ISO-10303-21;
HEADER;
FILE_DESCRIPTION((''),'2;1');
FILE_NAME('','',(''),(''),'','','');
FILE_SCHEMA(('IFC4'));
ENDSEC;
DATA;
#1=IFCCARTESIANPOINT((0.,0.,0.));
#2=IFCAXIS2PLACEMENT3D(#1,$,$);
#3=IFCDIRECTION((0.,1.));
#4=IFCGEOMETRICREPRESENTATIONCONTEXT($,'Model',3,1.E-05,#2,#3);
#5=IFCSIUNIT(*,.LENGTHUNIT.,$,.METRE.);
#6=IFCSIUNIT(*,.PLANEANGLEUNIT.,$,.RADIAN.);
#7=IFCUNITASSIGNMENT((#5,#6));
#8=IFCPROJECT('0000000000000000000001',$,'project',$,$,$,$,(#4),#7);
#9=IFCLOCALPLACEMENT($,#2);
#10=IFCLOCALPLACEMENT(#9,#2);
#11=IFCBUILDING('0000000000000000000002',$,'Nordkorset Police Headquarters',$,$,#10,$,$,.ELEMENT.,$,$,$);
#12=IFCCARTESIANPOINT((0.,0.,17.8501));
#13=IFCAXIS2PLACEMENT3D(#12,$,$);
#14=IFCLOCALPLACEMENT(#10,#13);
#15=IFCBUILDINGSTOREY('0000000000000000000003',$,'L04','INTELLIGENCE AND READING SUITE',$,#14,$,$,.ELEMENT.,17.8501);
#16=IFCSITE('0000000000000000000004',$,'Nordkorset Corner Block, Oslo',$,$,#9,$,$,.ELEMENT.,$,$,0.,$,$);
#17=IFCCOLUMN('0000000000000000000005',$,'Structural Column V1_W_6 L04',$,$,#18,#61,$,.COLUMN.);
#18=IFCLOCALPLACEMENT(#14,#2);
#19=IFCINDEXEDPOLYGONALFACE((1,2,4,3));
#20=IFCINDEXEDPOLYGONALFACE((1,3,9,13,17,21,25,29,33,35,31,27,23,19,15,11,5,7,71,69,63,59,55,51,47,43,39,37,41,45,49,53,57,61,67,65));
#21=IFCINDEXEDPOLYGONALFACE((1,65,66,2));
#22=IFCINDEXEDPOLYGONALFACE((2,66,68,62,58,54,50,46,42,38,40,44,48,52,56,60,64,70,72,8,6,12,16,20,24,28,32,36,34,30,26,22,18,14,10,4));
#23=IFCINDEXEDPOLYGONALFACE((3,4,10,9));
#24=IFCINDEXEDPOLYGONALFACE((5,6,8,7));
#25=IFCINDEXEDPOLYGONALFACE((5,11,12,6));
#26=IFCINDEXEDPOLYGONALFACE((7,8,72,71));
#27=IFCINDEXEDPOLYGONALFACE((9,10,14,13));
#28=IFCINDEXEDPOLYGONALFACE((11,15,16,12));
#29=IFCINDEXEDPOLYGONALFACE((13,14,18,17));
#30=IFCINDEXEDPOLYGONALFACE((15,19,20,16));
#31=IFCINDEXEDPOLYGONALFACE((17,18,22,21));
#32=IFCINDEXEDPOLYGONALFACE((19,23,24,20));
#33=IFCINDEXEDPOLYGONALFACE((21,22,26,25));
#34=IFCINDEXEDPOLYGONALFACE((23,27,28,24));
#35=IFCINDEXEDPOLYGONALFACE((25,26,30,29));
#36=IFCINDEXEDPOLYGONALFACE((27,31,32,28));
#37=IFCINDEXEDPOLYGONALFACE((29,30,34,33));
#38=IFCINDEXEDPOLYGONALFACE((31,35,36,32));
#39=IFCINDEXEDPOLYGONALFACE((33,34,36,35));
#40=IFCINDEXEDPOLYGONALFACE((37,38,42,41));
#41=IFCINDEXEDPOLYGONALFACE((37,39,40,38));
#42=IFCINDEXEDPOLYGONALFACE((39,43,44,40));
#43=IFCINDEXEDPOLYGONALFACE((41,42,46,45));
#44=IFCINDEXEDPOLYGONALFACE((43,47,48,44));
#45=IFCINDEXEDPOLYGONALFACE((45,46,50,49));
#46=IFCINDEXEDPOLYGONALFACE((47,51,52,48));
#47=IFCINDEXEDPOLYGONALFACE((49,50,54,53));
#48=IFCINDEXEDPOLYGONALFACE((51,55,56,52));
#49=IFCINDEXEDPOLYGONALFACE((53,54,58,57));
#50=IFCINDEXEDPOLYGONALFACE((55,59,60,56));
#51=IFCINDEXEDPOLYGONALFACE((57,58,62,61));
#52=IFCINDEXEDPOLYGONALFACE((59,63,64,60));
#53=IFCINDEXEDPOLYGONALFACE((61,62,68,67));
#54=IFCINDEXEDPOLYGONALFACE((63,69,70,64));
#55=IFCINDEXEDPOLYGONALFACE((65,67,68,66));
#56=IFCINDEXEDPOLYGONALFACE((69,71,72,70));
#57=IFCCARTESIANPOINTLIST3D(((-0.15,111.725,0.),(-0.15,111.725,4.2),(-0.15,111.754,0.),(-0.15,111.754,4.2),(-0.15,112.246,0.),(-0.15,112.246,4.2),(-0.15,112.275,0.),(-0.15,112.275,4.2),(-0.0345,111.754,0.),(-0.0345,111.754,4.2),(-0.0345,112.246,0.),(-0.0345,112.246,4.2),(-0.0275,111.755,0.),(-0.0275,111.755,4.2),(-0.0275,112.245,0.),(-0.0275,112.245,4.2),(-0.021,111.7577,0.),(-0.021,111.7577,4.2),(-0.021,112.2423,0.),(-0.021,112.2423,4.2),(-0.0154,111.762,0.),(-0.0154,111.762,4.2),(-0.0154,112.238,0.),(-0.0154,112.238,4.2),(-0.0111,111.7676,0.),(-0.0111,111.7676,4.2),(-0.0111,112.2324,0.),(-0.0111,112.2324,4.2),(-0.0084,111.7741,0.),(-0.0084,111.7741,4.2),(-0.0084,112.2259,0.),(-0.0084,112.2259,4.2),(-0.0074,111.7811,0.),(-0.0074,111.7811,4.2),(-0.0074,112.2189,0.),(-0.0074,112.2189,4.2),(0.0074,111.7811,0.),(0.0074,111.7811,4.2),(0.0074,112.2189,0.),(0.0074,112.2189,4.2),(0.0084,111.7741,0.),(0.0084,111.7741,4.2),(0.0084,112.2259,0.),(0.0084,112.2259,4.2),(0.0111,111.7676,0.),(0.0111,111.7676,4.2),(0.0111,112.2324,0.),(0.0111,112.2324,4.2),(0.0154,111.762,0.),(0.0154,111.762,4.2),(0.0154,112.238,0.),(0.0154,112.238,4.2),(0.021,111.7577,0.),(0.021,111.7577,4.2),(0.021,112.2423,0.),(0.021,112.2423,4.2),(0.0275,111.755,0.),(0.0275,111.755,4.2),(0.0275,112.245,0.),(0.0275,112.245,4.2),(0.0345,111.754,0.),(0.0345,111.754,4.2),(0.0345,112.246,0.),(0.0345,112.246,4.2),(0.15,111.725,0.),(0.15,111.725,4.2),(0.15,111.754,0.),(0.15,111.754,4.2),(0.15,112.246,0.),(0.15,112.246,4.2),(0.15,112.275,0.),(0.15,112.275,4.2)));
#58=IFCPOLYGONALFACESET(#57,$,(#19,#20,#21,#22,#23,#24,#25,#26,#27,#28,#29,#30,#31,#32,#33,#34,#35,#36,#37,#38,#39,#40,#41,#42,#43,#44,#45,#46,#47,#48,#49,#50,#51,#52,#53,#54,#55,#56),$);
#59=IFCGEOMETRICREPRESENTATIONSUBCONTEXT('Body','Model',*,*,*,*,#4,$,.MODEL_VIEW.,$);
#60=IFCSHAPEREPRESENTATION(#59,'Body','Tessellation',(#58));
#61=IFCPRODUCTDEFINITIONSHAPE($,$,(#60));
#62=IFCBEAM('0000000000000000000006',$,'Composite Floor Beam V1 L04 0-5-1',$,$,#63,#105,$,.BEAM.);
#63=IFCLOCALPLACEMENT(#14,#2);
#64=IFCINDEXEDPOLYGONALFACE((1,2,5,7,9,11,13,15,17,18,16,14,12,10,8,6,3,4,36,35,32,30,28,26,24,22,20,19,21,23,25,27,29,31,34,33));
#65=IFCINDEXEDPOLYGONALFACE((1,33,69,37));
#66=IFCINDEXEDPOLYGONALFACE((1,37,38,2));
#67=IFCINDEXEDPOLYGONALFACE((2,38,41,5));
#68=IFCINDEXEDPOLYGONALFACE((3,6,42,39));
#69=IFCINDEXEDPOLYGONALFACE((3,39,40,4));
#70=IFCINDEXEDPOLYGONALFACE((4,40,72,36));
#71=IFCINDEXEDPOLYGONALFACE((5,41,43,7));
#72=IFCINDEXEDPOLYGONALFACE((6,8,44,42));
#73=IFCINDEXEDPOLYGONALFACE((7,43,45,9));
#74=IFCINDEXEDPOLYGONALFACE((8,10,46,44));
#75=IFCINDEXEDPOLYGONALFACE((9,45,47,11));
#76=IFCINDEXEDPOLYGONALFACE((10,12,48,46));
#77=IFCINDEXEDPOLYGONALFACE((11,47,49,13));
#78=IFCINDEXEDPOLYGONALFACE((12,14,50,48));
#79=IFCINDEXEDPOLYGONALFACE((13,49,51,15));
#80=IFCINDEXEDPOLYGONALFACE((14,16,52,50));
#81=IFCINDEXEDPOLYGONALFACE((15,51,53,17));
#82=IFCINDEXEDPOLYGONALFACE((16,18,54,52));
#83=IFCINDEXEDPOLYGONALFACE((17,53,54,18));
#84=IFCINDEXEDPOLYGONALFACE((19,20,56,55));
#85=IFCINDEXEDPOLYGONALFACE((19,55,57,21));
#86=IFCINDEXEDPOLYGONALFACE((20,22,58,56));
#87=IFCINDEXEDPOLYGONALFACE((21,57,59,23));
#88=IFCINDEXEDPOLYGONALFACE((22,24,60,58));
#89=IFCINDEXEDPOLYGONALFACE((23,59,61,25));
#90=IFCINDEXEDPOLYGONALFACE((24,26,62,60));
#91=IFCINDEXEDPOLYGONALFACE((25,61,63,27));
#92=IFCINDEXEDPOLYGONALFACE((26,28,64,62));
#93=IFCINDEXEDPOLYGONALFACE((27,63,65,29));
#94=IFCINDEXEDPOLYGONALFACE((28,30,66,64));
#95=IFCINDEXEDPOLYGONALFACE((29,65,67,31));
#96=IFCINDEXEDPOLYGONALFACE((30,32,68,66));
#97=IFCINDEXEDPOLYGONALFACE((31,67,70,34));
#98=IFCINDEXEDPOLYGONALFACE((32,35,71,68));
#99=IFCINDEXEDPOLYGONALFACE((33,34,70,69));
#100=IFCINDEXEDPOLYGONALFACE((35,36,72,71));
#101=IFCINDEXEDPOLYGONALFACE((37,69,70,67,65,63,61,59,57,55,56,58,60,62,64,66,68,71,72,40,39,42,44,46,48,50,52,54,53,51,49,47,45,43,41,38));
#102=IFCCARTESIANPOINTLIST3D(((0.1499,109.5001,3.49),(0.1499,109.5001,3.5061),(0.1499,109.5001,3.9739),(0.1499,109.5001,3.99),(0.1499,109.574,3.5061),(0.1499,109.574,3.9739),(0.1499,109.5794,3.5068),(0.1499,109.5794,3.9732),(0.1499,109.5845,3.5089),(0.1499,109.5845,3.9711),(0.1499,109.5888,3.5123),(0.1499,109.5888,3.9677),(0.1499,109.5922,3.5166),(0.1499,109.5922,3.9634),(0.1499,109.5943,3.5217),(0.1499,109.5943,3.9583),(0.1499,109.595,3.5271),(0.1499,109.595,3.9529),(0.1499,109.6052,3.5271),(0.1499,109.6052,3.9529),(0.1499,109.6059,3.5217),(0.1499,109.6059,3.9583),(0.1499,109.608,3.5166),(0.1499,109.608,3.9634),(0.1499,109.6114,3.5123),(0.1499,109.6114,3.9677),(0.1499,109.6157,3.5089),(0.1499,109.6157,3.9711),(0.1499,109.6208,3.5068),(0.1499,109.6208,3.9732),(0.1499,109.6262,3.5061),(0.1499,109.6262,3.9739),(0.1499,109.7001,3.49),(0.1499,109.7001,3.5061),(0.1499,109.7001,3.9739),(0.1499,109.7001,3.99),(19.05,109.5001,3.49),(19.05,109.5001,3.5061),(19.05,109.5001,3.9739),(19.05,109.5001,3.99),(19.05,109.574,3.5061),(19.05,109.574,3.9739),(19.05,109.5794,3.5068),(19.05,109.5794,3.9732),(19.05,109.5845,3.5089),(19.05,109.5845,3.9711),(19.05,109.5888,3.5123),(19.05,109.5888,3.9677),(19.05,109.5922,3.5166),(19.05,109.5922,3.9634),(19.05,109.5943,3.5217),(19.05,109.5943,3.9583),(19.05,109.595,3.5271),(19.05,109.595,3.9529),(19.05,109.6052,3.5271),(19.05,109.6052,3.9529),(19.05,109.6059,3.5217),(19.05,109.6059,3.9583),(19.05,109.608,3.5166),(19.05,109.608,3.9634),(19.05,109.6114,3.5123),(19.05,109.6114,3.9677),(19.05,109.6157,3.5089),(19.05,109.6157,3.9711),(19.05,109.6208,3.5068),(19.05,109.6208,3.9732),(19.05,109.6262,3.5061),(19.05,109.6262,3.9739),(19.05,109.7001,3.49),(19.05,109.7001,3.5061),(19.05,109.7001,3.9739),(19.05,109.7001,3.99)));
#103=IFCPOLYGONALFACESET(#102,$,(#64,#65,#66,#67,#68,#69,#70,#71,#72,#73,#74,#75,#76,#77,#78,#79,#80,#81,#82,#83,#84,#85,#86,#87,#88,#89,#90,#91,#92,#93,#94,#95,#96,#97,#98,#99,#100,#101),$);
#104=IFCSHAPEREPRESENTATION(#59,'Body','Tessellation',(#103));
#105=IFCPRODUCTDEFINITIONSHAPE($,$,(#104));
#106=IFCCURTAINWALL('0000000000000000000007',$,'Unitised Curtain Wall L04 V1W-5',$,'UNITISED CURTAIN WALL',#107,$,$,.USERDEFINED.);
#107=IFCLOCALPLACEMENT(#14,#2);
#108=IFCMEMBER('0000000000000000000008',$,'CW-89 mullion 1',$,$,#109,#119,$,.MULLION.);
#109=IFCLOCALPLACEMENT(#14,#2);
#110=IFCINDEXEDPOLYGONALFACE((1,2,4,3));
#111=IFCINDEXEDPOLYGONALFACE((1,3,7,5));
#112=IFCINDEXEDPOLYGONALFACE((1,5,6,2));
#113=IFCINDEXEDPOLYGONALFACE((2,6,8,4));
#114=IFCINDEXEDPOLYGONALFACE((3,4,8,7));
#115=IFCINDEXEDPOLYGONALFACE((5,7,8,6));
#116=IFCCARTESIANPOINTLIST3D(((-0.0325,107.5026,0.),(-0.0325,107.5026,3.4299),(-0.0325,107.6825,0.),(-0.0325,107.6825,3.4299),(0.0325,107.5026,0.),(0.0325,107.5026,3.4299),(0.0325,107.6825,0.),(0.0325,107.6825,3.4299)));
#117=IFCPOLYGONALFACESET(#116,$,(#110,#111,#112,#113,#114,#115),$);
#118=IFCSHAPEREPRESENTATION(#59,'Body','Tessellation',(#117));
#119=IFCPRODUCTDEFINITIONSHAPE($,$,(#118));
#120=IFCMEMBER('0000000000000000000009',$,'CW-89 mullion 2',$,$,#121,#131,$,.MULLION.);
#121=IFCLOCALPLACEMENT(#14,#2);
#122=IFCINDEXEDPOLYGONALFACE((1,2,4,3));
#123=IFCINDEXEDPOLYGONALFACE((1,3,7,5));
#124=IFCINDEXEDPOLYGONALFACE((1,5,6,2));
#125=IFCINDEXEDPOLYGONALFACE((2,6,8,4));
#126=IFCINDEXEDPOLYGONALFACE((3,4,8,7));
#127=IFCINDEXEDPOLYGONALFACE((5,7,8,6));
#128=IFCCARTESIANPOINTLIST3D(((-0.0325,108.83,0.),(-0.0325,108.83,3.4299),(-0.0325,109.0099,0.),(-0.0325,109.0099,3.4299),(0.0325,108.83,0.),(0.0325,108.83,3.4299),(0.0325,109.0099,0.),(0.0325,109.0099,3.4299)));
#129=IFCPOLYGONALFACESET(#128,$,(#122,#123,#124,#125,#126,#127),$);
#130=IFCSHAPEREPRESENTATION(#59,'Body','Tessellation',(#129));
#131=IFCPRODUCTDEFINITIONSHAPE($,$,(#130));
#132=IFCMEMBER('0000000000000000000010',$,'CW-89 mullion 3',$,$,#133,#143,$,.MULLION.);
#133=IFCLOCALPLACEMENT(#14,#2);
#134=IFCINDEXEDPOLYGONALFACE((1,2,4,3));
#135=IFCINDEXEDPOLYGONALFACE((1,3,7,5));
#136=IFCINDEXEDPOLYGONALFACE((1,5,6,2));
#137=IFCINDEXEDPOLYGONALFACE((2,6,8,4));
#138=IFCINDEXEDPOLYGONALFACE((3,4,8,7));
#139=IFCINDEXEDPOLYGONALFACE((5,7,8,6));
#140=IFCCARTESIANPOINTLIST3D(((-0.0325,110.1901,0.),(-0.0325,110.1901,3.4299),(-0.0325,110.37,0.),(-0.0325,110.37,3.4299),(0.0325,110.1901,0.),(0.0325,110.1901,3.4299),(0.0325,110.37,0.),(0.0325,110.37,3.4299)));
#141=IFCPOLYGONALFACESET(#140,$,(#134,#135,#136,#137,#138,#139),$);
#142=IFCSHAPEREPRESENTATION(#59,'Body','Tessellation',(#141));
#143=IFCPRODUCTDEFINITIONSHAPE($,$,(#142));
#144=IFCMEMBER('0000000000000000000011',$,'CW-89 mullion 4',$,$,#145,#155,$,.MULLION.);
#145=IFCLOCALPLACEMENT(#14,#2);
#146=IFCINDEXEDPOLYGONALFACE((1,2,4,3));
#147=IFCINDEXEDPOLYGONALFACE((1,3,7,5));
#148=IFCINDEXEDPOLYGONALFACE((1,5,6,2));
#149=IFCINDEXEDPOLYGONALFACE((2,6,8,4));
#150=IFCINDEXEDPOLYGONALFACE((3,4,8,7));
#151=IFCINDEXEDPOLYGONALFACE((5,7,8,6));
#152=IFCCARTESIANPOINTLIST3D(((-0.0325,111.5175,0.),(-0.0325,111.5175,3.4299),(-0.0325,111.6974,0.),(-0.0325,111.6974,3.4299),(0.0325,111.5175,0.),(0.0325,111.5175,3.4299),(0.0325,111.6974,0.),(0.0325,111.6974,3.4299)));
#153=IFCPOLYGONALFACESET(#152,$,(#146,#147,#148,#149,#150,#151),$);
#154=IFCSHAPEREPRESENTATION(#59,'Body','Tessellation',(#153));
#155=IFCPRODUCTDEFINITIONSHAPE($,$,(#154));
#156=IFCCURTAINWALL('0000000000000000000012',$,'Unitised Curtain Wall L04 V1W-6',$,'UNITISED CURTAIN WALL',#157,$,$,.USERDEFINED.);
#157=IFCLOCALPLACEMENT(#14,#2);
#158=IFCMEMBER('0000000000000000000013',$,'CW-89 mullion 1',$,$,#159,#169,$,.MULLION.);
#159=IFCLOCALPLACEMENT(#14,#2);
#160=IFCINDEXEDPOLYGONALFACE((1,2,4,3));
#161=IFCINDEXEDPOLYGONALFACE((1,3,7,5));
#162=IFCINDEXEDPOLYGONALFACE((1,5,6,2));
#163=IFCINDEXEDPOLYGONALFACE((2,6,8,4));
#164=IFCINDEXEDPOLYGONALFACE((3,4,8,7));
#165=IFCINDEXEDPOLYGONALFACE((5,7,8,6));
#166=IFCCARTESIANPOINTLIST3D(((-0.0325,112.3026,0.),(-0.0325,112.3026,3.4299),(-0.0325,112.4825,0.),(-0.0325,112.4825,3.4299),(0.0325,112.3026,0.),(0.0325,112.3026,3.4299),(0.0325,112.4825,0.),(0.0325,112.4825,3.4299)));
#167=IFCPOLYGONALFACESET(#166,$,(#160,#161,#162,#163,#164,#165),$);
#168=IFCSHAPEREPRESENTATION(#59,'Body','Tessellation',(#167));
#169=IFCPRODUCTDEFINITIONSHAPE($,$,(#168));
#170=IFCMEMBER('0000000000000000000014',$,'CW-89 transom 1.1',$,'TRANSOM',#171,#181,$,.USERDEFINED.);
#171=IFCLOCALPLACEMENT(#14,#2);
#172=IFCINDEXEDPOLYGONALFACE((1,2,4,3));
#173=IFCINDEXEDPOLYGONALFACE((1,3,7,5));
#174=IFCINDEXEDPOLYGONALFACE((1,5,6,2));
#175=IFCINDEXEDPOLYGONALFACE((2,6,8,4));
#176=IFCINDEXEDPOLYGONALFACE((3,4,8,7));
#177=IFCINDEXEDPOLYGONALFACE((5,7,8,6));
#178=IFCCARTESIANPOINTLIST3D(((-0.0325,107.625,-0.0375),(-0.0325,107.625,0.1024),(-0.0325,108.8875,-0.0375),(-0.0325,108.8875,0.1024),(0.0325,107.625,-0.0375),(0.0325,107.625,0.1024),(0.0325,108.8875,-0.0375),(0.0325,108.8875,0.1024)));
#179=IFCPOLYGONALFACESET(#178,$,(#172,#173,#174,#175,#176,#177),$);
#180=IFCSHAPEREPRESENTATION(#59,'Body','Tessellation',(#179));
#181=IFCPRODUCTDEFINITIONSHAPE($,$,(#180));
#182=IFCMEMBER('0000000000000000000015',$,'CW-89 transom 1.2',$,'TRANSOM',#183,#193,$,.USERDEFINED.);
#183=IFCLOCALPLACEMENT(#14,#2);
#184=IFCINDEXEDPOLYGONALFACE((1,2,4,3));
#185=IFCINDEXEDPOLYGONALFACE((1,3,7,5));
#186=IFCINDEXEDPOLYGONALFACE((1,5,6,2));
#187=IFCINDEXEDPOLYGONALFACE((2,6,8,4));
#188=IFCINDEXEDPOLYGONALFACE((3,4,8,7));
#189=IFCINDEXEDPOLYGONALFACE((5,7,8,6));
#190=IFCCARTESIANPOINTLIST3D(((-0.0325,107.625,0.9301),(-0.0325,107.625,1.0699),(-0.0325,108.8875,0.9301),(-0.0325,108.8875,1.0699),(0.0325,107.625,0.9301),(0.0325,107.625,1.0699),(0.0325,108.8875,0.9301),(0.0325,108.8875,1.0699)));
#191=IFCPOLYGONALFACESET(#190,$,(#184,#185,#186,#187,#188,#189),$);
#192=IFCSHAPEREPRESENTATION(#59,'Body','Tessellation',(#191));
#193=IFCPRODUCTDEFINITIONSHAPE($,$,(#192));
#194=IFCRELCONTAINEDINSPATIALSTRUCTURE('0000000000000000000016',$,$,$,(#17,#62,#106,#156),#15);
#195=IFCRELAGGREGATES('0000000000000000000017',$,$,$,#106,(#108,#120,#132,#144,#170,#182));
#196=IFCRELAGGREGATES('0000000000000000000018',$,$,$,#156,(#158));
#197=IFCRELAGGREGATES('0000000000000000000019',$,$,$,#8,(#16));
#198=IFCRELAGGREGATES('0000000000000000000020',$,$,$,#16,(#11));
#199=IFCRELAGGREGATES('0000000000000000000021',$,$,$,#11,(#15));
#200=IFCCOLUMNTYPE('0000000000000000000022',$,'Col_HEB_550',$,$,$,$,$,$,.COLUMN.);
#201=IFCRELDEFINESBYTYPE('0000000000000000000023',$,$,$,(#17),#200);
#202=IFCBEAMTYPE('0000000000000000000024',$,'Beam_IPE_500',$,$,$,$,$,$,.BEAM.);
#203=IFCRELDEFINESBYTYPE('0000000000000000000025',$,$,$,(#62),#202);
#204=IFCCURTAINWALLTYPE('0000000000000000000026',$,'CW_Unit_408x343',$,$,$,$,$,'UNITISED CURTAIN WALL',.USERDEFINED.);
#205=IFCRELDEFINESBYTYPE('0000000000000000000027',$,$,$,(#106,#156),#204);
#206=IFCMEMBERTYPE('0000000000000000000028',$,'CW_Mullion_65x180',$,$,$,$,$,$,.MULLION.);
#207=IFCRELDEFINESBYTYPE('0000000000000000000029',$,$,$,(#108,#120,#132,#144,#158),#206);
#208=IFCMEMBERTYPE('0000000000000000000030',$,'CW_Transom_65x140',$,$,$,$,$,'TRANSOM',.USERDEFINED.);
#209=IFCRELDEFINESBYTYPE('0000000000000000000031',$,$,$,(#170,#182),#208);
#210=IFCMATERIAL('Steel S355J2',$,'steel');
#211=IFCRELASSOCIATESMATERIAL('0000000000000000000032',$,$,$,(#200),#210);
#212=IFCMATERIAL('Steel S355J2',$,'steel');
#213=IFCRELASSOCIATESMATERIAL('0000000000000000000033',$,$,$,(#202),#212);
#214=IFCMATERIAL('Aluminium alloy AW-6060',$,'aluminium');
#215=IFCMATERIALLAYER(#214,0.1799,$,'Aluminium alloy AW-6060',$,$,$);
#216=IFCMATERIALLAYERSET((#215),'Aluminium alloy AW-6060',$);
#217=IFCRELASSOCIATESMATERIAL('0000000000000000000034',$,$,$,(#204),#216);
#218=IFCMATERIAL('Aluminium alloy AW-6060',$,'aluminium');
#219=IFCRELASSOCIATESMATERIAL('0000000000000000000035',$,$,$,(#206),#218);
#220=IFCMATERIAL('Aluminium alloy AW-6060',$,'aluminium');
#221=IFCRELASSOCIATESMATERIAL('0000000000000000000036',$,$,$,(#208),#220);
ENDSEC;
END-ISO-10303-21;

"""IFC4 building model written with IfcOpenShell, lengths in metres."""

from ifc_helpers import new_model, si_unit, direction, frame, origin, origin_2d, place, context, subcontext, project, spatial, rectangle, i_section, extrude, material, layer, layer_set, material_profile, profile_set, type_object, element, aggregate, save


model = new_model("IFC4")

# Units and contexts
model_context = context("Model", 3, precision=1e-05, world=origin(), true_north=direction((0.0, 1.0)))
body_context = subcontext(model_context, "Body", "Model", "MODEL_VIEW")
ifc_project = project(units=[si_unit("LENGTHUNIT", "METRE"), si_unit("PLANEANGLEUNIT", "RADIAN")], contexts=[model_context])

# Site, building, storey
site_placement = place(None, origin())
site = spatial("IfcSite", under=ifc_project, at=site_placement, Name="Nordkorset Corner Block, Oslo", CompositionType="ELEMENT", RefElevation=0.0)
building_placement = place(site_placement, origin())
building = spatial("IfcBuilding", under=site, at=building_placement, Name="Nordkorset Police Headquarters", CompositionType="ELEMENT")
storey_placement = place(building_placement, frame((0.0, 0.0, 17.8501)))
storey = spatial("IfcBuildingStorey", under=building, at=storey_placement, Name="L04", Description="INTELLIGENCE AND READING SUITE", CompositionType="ELEMENT", Elevation=17.8501)

# Column
ifc_material_1 = material(Name="Steel S355J2", Category="steel")
ifc_material_profile_1 = material_profile(ifc_material_1, i_section(OverallWidth=0.3, OverallDepth=0.55, WebThickness=0.0149, FlangeThickness=0.0291, FilletRadius=0.0271, at=origin_2d()), Name="HEB 550")
ifc_profile_set_1 = profile_set([ifc_material_profile_1], Name="Steel S355J2")
column_type = type_object("IfcColumnType", Name="Col_HEB_550", PredefinedType="COLUMN", material=ifc_profile_set_1)
column_placement = place(storey_placement, frame((0.0, 112.0, 0.0), z_axis=(0.0, 0.0, 1.0), x_axis=(1.0, 0.0, 0.0)))
element("IfcColumn", 1, at=column_placement, inside=storey, type_object=column_type, Name="Structural Column V1_W_6 L04", PredefinedType="COLUMN", context=body_context, shape_type="SweptSolid", body=[
    extrude(i_section(OverallWidth=0.3, OverallDepth=0.55, WebThickness=0.0149, FlangeThickness=0.0291, FilletRadius=0.0271, at=origin_2d()), origin(), (0.0, 0.0, 1.0), 4.2),
])

# Beam
ifc_material_2 = material(Name="Steel S355J2", Category="steel")
ifc_material_profile_2 = material_profile(ifc_material_2, i_section(OverallWidth=0.2, OverallDepth=0.5, WebThickness=0.0103, FlangeThickness=0.0161, FilletRadius=0.021, at=origin_2d()), Name="IPE 500")
ifc_profile_set_2 = profile_set([ifc_material_profile_2], Name="Steel S355J2")
beam_type_1 = type_object("IfcBeamType", Name="Beam_IPE_500", PredefinedType="BEAM", material=ifc_profile_set_2)
beam_placement = place(storey_placement, frame((0.1499, 109.6001, 3.74), z_axis=(1.0, 0.0, 0.0), x_axis=(0.0, 1.0, 0.0)))
element("IfcBeam", 2, at=beam_placement, inside=storey, type_object=beam_type_1, Name="Composite Floor Beam V1 L04 0-5-1", PredefinedType="BEAM", context=body_context, shape_type="SweptSolid", body=[
    extrude(i_section(OverallWidth=0.2, OverallDepth=0.5, WebThickness=0.0103, FlangeThickness=0.0161, FilletRadius=0.021, at=origin_2d()), origin(), (0.0, 0.0, 1.0), 18.9001),
])

# Curtain wall, members
ifc_material_3 = material(Name="Aluminium alloy AW-6060", Category="aluminium")
ifc_layer_1 = layer(ifc_material_3, 0.1799, Name="Aluminium alloy AW-6060")
ifc_layer_set_1 = layer_set([ifc_layer_1], Name="Aluminium alloy AW-6060")
curtain_wall_type = type_object("IfcCurtainWallType", Name="CW_Unit_408x343", ElementType="UNITISED CURTAIN WALL", PredefinedType="USERDEFINED", material=ifc_layer_set_1)
curtain_wall_1_placement = place(storey_placement, origin())
curtain_wall_1 = element("IfcCurtainWall", 3, at=curtain_wall_1_placement, inside=storey, type_object=curtain_wall_type, Name="Unitised Curtain Wall L04 V1W-5", ObjectType="UNITISED CURTAIN WALL", PredefinedType="USERDEFINED")
ifc_material_4 = material(Name="Aluminium alloy AW-6060", Category="aluminium")
ifc_material_profile_3 = material_profile(ifc_material_4, rectangle(XDim=0.0649, YDim=0.1799, at=origin_2d()), Name="ALU MULL 65x180")
ifc_profile_set_3 = profile_set([ifc_material_profile_3], Name="Aluminium alloy AW-6060")
member_type_1 = type_object("IfcMemberType", Name="CW_Mullion_65x180", PredefinedType="MULLION", material=ifc_profile_set_3)
member_1_placement = place(storey_placement, frame((0.0, 107.5925, 0.0), z_axis=(0.0, 0.0, 1.0), x_axis=(-1.0, 0.0, 0.0)))
member_1 = element("IfcMember", 4, at=member_1_placement, type_object=member_type_1, Name="CW-89 mullion 1", PredefinedType="MULLION", context=body_context, shape_type="SweptSolid", body=[
    extrude(rectangle(XDim=0.0649, YDim=0.1799, at=origin_2d()), origin(), (0.0, 0.0, 1.0), 3.4299),
])
member_2_placement = place(storey_placement, frame((0.0, 108.9199, 0.0), z_axis=(0.0, 0.0, 1.0), x_axis=(-1.0, 0.0, 0.0)))
member_2 = element("IfcMember", 5, at=member_2_placement, type_object=member_type_1, Name="CW-89 mullion 2", PredefinedType="MULLION", context=body_context, shape_type="SweptSolid", body=[
    extrude(rectangle(XDim=0.0649, YDim=0.1799, at=origin_2d()), origin(), (0.0, 0.0, 1.0), 3.4299),
])
member_3_placement = place(storey_placement, frame((0.0, 110.28, 0.0), z_axis=(0.0, 0.0, 1.0), x_axis=(-1.0, 0.0, 0.0)))
member_3 = element("IfcMember", 6, at=member_3_placement, type_object=member_type_1, Name="CW-89 mullion 3", PredefinedType="MULLION", context=body_context, shape_type="SweptSolid", body=[
    extrude(rectangle(XDim=0.0649, YDim=0.1799, at=origin_2d()), origin(), (0.0, 0.0, 1.0), 3.4299),
])
member_4_placement = place(storey_placement, frame((0.0, 111.6074, 0.0), z_axis=(0.0, 0.0, 1.0), x_axis=(-1.0, 0.0, 0.0)))
member_4 = element("IfcMember", 7, at=member_4_placement, type_object=member_type_1, Name="CW-89 mullion 4", PredefinedType="MULLION", context=body_context, shape_type="SweptSolid", body=[
    extrude(rectangle(XDim=0.0649, YDim=0.1799, at=origin_2d()), origin(), (0.0, 0.0, 1.0), 3.4299),
])

# Curtain wall, member
curtain_wall_2_placement = place(storey_placement, origin())
curtain_wall_2 = element("IfcCurtainWall", 8, at=curtain_wall_2_placement, inside=storey, type_object=curtain_wall_type, Name="Unitised Curtain Wall L04 V1W-6", ObjectType="UNITISED CURTAIN WALL", PredefinedType="USERDEFINED")
member_5_placement = place(storey_placement, frame((0.0, 112.3926, 0.0), z_axis=(0.0, 0.0, 1.0), x_axis=(-1.0, 0.0, 0.0)))
member_5 = element("IfcMember", 9, at=member_5_placement, type_object=member_type_1, Name="CW-89 mullion 1", PredefinedType="MULLION", context=body_context, shape_type="SweptSolid", body=[
    extrude(rectangle(XDim=0.0649, YDim=0.1799, at=origin_2d()), origin(), (0.0, 0.0, 1.0), 3.4299),
])

# Members
ifc_material_5 = material(Name="Aluminium alloy AW-6060", Category="aluminium")
ifc_material_profile_4 = material_profile(ifc_material_5, rectangle(XDim=0.0649, YDim=0.1399, at=origin_2d()), Name="ALU TRAN 65x140")
ifc_profile_set_4 = profile_set([ifc_material_profile_4], Name="Aluminium alloy AW-6060")
member_type_2 = type_object("IfcMemberType", Name="CW_Transom_65x140", ElementType="TRANSOM", PredefinedType="USERDEFINED", material=ifc_profile_set_4)
member_6_placement = place(storey_placement, frame((0.0, 107.625, 0.0325), z_axis=(0.0, 1.0, 0.0), x_axis=(-1.0, 0.0, 0.0)))
member_6 = element("IfcMember", 10, at=member_6_placement, type_object=member_type_2, Name="CW-89 transom 1.1", ObjectType="TRANSOM", PredefinedType="USERDEFINED", context=body_context, shape_type="SweptSolid", body=[
    extrude(rectangle(XDim=0.0649, YDim=0.1399, at=origin_2d()), origin(), (0.0, 0.0, 1.0), 1.2625),
])
member_7_placement = place(storey_placement, frame((0.0, 107.625, 1.0), z_axis=(0.0, 1.0, 0.0), x_axis=(-1.0, 0.0, 0.0)))
member_7 = element("IfcMember", 11, at=member_7_placement, type_object=member_type_2, Name="CW-89 transom 1.2", ObjectType="TRANSOM", PredefinedType="USERDEFINED", context=body_context, shape_type="SweptSolid", body=[
    extrude(rectangle(XDim=0.0649, YDim=0.1399, at=origin_2d()), origin(), (0.0, 0.0, 1.0), 1.2625),
])

aggregate(curtain_wall_1, [member_1, member_2, member_3, member_4, member_6, member_7])
aggregate(curtain_wall_2, [member_5])

save(model, "model.ifc")
